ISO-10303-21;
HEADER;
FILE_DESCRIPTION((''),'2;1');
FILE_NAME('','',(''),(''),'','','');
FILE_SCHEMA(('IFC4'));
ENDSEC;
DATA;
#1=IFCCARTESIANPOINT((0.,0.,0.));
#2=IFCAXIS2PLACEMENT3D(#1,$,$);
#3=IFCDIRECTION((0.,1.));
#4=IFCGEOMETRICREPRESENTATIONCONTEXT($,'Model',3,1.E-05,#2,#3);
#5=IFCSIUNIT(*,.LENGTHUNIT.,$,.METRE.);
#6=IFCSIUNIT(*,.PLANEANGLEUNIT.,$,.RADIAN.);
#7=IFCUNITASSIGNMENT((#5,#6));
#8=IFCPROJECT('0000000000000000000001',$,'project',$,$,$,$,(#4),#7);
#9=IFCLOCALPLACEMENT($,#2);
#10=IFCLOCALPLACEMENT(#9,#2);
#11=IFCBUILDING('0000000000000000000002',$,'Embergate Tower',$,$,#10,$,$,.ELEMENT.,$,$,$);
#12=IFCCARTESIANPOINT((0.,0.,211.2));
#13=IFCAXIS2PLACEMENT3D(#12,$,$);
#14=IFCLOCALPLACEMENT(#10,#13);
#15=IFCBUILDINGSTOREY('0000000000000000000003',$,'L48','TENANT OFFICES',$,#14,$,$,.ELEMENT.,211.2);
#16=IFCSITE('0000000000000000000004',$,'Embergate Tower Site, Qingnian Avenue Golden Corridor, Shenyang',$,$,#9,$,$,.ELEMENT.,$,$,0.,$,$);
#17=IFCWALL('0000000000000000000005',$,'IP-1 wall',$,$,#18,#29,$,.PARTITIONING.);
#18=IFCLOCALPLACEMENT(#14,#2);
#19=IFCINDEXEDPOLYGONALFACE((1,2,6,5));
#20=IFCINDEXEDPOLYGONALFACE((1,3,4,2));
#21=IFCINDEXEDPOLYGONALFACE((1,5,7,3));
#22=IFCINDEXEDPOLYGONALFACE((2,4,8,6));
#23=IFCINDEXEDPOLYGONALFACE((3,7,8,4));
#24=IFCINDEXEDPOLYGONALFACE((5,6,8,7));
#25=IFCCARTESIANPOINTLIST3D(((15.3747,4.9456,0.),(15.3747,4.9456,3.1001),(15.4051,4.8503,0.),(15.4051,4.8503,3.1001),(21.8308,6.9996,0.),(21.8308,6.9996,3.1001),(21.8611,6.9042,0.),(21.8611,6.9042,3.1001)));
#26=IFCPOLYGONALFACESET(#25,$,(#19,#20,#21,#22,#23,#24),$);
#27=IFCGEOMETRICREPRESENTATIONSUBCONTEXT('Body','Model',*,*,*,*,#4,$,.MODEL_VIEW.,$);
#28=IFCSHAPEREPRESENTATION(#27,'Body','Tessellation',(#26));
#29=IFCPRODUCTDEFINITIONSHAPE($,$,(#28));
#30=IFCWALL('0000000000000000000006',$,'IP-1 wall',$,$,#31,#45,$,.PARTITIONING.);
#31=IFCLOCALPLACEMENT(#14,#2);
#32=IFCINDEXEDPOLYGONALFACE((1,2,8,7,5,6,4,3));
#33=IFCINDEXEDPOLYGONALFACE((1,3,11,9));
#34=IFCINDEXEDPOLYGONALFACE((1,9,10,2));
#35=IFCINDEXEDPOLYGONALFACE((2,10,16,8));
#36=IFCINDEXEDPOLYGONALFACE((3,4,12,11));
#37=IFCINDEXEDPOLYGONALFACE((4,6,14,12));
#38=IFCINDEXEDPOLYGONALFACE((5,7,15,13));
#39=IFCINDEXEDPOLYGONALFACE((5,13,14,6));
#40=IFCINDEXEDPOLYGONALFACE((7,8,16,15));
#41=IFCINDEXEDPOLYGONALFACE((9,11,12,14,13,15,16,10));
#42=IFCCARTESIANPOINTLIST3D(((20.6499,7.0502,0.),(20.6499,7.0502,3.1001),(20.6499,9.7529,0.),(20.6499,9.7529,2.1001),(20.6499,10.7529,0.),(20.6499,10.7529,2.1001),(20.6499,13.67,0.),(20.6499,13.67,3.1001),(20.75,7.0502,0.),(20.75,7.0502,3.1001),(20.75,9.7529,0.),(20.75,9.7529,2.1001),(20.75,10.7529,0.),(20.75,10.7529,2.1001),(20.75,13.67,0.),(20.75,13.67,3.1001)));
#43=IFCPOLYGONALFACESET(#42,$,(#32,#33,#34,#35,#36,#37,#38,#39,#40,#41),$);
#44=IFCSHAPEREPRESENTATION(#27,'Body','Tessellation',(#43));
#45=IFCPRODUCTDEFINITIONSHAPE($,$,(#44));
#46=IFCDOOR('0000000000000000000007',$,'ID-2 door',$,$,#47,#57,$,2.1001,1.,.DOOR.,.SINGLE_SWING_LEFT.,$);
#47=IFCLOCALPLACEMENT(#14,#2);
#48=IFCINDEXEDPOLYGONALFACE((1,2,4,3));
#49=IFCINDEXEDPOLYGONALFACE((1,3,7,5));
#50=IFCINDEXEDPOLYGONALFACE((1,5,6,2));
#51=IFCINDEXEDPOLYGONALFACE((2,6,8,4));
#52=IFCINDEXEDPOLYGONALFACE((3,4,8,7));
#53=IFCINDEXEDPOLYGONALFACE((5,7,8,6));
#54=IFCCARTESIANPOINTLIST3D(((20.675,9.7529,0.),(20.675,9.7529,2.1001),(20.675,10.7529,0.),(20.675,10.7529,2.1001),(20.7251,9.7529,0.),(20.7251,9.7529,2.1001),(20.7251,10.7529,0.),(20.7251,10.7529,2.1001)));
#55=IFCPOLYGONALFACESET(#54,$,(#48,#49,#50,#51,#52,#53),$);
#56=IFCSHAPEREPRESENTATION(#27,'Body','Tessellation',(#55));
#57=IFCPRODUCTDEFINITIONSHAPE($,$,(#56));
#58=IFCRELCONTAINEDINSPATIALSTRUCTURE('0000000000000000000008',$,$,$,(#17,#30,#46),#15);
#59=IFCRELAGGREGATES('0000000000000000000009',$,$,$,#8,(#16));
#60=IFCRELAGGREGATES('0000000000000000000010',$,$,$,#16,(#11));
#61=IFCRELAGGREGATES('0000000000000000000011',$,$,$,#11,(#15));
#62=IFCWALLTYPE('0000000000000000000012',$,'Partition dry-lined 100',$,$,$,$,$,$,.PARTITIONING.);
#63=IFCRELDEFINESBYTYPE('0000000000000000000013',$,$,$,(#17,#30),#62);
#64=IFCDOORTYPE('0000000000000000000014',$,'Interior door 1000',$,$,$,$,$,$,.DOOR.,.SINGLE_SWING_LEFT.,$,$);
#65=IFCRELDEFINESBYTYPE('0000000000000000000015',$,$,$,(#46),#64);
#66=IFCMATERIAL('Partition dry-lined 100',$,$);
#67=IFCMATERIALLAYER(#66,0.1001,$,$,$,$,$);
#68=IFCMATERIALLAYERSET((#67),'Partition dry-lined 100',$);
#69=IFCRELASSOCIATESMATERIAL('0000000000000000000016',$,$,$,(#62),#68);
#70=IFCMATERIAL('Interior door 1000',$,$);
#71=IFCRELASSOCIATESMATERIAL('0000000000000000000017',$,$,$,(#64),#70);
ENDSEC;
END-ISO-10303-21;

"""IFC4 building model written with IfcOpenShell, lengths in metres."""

from ifc_helpers import new_model, si_unit, direction, frame, frame_2d, origin, place, context, subcontext, project, spatial, rectangle, extrude, source, transform, mapped, material, layer, layer_set, type_object, element, fill, save


model = new_model("IFC4")

# Units and contexts
model_context = context("Model", 3, precision=1e-05, world=origin(), true_north=direction((0.0, 1.0)))
body_context = subcontext(model_context, "Body", "Model", "MODEL_VIEW")
ifc_project = project(units=[si_unit("LENGTHUNIT", "METRE"), si_unit("PLANEANGLEUNIT", "RADIAN")], contexts=[model_context])

# Site, building, storey
site_placement = place(None, origin())
site = spatial("IfcSite", under=ifc_project, at=site_placement, Name="Embergate Tower Site, Qingnian Avenue Golden Corridor, Shenyang", CompositionType="ELEMENT", RefElevation=0.0)
building_placement = place(site_placement, origin())
building = spatial("IfcBuilding", under=site, at=building_placement, Name="Embergate Tower", CompositionType="ELEMENT")
storey_placement = place(building_placement, frame((0.0, 0.0, 211.2)))
storey = spatial("IfcBuildingStorey", under=building, at=storey_placement, Name="L48", Description="TENANT OFFICES", CompositionType="ELEMENT", Elevation=211.2)

# Shared definitions
ifc_material_1 = material(Name="Partition dry-lined 100")
ifc_layer_1 = layer(ifc_material_1, 0.1001)
ifc_layer_set_1 = layer_set([ifc_layer_1], Name="Partition dry-lined 100")
wall_type_1 = type_object("IfcWallType", Name="Partition dry-lined 100", PredefinedType="PARTITIONING", material=ifc_layer_set_1)

# Shared definitions
ifc_material_2 = material(Name="Interior door 1000")
door_type_1 = type_object("IfcDoorType", Name="Interior door 1000", OperationType="SINGLE_SWING_LEFT", PredefinedType="DOOR", material=ifc_material_2)
shared_shape_1 = source(origin(), body_context, "Body", "SweptSolid", [
    extrude(rectangle(XDim=1.0, YDim=2.1001, at=frame_2d((0.5, 1.05))), frame((0.0, 0.0249, 0.0), z_axis=(0.0, -1.0, 0.0), x_axis=(1.0, 0.0, 0.0)), (0.0, 0.0, 1.0), 0.05),
])

# Wall
shared_shape_2 = source(origin(), body_context, "Body", "SweptSolid", [
    extrude(rectangle(XDim=6.7749, YDim=0.1001, at=frame_2d((3.3875, 0.0))), origin(), (0.0, 0.0, 1.0), 3.1001),
])
wall_1_placement = place(storey_placement, frame((15.3899, 4.8979, 0.0), z_axis=(0.0, 0.0, 1.0), x_axis=(0.952936, 0.303171, 0.0)))
element("IfcWall", 1, at=wall_1_placement, inside=storey, type_object=wall_type_1, Name="IP-1 wall", PredefinedType="PARTITIONING", context=body_context, shape_type="MappedRepresentation", body=[
    mapped(shared_shape_2, transform((0.0, 0.0, 0.0))),
])

# Wall, opening, door
shared_shape_3 = source(origin(), body_context, "Body", "SweptSolid", [
    extrude(rectangle(XDim=6.6199, YDim=0.1001, at=frame_2d((3.3101, 0.0))), origin(), (0.0, 0.0, 1.0), 3.1001),
])
wall_2_placement = place(storey_placement, frame((20.7, 7.05, 0.0), z_axis=(0.0, 0.0, 1.0), x_axis=(0.0, 1.0, 0.0)))
wall_2 = element("IfcWall", 2, at=wall_2_placement, inside=storey, type_object=wall_type_1, Name="IP-1 wall", PredefinedType="PARTITIONING", context=body_context, shape_type="MappedRepresentation", body=[
    mapped(shared_shape_3, transform((0.0, 0.0, 0.0))),
])
shared_shape_4 = source(origin(), body_context, "Body", "SweptSolid", [
    extrude(rectangle(XDim=1.0, YDim=2.1001, at=frame_2d((0.5, 1.05))), frame((0.0, 0.0601, 0.0), z_axis=(0.0, -1.0, 0.0), x_axis=(1.0, 0.0, 0.0)), (0.0, 0.0, 1.0), 0.1201),
])
opening_1_placement = place(wall_2_placement, frame((2.7029, 0.0, 0.0)))
opening_1 = element("IfcOpeningElement", 3, at=opening_1_placement, cuts=wall_2, PredefinedType="OPENING", context=body_context, shape_type="MappedRepresentation", body=[
    mapped(shared_shape_4, transform((0.0, 0.0, 0.0))),
])
door_1_placement = place(opening_1_placement, origin())
door_1 = element("IfcDoor", 4, at=door_1_placement, inside=storey, type_object=door_type_1, Name="ID-2 door", OperationType="SINGLE_SWING_LEFT", OverallHeight=2.1001, OverallWidth=1.0, PredefinedType="DOOR", context=body_context, shape_type="MappedRepresentation", body=[
    mapped(shared_shape_1, transform((0.0, 0.0, 0.0))),
])
fill(opening_1, door_1)

save(model, "model.ifc")
